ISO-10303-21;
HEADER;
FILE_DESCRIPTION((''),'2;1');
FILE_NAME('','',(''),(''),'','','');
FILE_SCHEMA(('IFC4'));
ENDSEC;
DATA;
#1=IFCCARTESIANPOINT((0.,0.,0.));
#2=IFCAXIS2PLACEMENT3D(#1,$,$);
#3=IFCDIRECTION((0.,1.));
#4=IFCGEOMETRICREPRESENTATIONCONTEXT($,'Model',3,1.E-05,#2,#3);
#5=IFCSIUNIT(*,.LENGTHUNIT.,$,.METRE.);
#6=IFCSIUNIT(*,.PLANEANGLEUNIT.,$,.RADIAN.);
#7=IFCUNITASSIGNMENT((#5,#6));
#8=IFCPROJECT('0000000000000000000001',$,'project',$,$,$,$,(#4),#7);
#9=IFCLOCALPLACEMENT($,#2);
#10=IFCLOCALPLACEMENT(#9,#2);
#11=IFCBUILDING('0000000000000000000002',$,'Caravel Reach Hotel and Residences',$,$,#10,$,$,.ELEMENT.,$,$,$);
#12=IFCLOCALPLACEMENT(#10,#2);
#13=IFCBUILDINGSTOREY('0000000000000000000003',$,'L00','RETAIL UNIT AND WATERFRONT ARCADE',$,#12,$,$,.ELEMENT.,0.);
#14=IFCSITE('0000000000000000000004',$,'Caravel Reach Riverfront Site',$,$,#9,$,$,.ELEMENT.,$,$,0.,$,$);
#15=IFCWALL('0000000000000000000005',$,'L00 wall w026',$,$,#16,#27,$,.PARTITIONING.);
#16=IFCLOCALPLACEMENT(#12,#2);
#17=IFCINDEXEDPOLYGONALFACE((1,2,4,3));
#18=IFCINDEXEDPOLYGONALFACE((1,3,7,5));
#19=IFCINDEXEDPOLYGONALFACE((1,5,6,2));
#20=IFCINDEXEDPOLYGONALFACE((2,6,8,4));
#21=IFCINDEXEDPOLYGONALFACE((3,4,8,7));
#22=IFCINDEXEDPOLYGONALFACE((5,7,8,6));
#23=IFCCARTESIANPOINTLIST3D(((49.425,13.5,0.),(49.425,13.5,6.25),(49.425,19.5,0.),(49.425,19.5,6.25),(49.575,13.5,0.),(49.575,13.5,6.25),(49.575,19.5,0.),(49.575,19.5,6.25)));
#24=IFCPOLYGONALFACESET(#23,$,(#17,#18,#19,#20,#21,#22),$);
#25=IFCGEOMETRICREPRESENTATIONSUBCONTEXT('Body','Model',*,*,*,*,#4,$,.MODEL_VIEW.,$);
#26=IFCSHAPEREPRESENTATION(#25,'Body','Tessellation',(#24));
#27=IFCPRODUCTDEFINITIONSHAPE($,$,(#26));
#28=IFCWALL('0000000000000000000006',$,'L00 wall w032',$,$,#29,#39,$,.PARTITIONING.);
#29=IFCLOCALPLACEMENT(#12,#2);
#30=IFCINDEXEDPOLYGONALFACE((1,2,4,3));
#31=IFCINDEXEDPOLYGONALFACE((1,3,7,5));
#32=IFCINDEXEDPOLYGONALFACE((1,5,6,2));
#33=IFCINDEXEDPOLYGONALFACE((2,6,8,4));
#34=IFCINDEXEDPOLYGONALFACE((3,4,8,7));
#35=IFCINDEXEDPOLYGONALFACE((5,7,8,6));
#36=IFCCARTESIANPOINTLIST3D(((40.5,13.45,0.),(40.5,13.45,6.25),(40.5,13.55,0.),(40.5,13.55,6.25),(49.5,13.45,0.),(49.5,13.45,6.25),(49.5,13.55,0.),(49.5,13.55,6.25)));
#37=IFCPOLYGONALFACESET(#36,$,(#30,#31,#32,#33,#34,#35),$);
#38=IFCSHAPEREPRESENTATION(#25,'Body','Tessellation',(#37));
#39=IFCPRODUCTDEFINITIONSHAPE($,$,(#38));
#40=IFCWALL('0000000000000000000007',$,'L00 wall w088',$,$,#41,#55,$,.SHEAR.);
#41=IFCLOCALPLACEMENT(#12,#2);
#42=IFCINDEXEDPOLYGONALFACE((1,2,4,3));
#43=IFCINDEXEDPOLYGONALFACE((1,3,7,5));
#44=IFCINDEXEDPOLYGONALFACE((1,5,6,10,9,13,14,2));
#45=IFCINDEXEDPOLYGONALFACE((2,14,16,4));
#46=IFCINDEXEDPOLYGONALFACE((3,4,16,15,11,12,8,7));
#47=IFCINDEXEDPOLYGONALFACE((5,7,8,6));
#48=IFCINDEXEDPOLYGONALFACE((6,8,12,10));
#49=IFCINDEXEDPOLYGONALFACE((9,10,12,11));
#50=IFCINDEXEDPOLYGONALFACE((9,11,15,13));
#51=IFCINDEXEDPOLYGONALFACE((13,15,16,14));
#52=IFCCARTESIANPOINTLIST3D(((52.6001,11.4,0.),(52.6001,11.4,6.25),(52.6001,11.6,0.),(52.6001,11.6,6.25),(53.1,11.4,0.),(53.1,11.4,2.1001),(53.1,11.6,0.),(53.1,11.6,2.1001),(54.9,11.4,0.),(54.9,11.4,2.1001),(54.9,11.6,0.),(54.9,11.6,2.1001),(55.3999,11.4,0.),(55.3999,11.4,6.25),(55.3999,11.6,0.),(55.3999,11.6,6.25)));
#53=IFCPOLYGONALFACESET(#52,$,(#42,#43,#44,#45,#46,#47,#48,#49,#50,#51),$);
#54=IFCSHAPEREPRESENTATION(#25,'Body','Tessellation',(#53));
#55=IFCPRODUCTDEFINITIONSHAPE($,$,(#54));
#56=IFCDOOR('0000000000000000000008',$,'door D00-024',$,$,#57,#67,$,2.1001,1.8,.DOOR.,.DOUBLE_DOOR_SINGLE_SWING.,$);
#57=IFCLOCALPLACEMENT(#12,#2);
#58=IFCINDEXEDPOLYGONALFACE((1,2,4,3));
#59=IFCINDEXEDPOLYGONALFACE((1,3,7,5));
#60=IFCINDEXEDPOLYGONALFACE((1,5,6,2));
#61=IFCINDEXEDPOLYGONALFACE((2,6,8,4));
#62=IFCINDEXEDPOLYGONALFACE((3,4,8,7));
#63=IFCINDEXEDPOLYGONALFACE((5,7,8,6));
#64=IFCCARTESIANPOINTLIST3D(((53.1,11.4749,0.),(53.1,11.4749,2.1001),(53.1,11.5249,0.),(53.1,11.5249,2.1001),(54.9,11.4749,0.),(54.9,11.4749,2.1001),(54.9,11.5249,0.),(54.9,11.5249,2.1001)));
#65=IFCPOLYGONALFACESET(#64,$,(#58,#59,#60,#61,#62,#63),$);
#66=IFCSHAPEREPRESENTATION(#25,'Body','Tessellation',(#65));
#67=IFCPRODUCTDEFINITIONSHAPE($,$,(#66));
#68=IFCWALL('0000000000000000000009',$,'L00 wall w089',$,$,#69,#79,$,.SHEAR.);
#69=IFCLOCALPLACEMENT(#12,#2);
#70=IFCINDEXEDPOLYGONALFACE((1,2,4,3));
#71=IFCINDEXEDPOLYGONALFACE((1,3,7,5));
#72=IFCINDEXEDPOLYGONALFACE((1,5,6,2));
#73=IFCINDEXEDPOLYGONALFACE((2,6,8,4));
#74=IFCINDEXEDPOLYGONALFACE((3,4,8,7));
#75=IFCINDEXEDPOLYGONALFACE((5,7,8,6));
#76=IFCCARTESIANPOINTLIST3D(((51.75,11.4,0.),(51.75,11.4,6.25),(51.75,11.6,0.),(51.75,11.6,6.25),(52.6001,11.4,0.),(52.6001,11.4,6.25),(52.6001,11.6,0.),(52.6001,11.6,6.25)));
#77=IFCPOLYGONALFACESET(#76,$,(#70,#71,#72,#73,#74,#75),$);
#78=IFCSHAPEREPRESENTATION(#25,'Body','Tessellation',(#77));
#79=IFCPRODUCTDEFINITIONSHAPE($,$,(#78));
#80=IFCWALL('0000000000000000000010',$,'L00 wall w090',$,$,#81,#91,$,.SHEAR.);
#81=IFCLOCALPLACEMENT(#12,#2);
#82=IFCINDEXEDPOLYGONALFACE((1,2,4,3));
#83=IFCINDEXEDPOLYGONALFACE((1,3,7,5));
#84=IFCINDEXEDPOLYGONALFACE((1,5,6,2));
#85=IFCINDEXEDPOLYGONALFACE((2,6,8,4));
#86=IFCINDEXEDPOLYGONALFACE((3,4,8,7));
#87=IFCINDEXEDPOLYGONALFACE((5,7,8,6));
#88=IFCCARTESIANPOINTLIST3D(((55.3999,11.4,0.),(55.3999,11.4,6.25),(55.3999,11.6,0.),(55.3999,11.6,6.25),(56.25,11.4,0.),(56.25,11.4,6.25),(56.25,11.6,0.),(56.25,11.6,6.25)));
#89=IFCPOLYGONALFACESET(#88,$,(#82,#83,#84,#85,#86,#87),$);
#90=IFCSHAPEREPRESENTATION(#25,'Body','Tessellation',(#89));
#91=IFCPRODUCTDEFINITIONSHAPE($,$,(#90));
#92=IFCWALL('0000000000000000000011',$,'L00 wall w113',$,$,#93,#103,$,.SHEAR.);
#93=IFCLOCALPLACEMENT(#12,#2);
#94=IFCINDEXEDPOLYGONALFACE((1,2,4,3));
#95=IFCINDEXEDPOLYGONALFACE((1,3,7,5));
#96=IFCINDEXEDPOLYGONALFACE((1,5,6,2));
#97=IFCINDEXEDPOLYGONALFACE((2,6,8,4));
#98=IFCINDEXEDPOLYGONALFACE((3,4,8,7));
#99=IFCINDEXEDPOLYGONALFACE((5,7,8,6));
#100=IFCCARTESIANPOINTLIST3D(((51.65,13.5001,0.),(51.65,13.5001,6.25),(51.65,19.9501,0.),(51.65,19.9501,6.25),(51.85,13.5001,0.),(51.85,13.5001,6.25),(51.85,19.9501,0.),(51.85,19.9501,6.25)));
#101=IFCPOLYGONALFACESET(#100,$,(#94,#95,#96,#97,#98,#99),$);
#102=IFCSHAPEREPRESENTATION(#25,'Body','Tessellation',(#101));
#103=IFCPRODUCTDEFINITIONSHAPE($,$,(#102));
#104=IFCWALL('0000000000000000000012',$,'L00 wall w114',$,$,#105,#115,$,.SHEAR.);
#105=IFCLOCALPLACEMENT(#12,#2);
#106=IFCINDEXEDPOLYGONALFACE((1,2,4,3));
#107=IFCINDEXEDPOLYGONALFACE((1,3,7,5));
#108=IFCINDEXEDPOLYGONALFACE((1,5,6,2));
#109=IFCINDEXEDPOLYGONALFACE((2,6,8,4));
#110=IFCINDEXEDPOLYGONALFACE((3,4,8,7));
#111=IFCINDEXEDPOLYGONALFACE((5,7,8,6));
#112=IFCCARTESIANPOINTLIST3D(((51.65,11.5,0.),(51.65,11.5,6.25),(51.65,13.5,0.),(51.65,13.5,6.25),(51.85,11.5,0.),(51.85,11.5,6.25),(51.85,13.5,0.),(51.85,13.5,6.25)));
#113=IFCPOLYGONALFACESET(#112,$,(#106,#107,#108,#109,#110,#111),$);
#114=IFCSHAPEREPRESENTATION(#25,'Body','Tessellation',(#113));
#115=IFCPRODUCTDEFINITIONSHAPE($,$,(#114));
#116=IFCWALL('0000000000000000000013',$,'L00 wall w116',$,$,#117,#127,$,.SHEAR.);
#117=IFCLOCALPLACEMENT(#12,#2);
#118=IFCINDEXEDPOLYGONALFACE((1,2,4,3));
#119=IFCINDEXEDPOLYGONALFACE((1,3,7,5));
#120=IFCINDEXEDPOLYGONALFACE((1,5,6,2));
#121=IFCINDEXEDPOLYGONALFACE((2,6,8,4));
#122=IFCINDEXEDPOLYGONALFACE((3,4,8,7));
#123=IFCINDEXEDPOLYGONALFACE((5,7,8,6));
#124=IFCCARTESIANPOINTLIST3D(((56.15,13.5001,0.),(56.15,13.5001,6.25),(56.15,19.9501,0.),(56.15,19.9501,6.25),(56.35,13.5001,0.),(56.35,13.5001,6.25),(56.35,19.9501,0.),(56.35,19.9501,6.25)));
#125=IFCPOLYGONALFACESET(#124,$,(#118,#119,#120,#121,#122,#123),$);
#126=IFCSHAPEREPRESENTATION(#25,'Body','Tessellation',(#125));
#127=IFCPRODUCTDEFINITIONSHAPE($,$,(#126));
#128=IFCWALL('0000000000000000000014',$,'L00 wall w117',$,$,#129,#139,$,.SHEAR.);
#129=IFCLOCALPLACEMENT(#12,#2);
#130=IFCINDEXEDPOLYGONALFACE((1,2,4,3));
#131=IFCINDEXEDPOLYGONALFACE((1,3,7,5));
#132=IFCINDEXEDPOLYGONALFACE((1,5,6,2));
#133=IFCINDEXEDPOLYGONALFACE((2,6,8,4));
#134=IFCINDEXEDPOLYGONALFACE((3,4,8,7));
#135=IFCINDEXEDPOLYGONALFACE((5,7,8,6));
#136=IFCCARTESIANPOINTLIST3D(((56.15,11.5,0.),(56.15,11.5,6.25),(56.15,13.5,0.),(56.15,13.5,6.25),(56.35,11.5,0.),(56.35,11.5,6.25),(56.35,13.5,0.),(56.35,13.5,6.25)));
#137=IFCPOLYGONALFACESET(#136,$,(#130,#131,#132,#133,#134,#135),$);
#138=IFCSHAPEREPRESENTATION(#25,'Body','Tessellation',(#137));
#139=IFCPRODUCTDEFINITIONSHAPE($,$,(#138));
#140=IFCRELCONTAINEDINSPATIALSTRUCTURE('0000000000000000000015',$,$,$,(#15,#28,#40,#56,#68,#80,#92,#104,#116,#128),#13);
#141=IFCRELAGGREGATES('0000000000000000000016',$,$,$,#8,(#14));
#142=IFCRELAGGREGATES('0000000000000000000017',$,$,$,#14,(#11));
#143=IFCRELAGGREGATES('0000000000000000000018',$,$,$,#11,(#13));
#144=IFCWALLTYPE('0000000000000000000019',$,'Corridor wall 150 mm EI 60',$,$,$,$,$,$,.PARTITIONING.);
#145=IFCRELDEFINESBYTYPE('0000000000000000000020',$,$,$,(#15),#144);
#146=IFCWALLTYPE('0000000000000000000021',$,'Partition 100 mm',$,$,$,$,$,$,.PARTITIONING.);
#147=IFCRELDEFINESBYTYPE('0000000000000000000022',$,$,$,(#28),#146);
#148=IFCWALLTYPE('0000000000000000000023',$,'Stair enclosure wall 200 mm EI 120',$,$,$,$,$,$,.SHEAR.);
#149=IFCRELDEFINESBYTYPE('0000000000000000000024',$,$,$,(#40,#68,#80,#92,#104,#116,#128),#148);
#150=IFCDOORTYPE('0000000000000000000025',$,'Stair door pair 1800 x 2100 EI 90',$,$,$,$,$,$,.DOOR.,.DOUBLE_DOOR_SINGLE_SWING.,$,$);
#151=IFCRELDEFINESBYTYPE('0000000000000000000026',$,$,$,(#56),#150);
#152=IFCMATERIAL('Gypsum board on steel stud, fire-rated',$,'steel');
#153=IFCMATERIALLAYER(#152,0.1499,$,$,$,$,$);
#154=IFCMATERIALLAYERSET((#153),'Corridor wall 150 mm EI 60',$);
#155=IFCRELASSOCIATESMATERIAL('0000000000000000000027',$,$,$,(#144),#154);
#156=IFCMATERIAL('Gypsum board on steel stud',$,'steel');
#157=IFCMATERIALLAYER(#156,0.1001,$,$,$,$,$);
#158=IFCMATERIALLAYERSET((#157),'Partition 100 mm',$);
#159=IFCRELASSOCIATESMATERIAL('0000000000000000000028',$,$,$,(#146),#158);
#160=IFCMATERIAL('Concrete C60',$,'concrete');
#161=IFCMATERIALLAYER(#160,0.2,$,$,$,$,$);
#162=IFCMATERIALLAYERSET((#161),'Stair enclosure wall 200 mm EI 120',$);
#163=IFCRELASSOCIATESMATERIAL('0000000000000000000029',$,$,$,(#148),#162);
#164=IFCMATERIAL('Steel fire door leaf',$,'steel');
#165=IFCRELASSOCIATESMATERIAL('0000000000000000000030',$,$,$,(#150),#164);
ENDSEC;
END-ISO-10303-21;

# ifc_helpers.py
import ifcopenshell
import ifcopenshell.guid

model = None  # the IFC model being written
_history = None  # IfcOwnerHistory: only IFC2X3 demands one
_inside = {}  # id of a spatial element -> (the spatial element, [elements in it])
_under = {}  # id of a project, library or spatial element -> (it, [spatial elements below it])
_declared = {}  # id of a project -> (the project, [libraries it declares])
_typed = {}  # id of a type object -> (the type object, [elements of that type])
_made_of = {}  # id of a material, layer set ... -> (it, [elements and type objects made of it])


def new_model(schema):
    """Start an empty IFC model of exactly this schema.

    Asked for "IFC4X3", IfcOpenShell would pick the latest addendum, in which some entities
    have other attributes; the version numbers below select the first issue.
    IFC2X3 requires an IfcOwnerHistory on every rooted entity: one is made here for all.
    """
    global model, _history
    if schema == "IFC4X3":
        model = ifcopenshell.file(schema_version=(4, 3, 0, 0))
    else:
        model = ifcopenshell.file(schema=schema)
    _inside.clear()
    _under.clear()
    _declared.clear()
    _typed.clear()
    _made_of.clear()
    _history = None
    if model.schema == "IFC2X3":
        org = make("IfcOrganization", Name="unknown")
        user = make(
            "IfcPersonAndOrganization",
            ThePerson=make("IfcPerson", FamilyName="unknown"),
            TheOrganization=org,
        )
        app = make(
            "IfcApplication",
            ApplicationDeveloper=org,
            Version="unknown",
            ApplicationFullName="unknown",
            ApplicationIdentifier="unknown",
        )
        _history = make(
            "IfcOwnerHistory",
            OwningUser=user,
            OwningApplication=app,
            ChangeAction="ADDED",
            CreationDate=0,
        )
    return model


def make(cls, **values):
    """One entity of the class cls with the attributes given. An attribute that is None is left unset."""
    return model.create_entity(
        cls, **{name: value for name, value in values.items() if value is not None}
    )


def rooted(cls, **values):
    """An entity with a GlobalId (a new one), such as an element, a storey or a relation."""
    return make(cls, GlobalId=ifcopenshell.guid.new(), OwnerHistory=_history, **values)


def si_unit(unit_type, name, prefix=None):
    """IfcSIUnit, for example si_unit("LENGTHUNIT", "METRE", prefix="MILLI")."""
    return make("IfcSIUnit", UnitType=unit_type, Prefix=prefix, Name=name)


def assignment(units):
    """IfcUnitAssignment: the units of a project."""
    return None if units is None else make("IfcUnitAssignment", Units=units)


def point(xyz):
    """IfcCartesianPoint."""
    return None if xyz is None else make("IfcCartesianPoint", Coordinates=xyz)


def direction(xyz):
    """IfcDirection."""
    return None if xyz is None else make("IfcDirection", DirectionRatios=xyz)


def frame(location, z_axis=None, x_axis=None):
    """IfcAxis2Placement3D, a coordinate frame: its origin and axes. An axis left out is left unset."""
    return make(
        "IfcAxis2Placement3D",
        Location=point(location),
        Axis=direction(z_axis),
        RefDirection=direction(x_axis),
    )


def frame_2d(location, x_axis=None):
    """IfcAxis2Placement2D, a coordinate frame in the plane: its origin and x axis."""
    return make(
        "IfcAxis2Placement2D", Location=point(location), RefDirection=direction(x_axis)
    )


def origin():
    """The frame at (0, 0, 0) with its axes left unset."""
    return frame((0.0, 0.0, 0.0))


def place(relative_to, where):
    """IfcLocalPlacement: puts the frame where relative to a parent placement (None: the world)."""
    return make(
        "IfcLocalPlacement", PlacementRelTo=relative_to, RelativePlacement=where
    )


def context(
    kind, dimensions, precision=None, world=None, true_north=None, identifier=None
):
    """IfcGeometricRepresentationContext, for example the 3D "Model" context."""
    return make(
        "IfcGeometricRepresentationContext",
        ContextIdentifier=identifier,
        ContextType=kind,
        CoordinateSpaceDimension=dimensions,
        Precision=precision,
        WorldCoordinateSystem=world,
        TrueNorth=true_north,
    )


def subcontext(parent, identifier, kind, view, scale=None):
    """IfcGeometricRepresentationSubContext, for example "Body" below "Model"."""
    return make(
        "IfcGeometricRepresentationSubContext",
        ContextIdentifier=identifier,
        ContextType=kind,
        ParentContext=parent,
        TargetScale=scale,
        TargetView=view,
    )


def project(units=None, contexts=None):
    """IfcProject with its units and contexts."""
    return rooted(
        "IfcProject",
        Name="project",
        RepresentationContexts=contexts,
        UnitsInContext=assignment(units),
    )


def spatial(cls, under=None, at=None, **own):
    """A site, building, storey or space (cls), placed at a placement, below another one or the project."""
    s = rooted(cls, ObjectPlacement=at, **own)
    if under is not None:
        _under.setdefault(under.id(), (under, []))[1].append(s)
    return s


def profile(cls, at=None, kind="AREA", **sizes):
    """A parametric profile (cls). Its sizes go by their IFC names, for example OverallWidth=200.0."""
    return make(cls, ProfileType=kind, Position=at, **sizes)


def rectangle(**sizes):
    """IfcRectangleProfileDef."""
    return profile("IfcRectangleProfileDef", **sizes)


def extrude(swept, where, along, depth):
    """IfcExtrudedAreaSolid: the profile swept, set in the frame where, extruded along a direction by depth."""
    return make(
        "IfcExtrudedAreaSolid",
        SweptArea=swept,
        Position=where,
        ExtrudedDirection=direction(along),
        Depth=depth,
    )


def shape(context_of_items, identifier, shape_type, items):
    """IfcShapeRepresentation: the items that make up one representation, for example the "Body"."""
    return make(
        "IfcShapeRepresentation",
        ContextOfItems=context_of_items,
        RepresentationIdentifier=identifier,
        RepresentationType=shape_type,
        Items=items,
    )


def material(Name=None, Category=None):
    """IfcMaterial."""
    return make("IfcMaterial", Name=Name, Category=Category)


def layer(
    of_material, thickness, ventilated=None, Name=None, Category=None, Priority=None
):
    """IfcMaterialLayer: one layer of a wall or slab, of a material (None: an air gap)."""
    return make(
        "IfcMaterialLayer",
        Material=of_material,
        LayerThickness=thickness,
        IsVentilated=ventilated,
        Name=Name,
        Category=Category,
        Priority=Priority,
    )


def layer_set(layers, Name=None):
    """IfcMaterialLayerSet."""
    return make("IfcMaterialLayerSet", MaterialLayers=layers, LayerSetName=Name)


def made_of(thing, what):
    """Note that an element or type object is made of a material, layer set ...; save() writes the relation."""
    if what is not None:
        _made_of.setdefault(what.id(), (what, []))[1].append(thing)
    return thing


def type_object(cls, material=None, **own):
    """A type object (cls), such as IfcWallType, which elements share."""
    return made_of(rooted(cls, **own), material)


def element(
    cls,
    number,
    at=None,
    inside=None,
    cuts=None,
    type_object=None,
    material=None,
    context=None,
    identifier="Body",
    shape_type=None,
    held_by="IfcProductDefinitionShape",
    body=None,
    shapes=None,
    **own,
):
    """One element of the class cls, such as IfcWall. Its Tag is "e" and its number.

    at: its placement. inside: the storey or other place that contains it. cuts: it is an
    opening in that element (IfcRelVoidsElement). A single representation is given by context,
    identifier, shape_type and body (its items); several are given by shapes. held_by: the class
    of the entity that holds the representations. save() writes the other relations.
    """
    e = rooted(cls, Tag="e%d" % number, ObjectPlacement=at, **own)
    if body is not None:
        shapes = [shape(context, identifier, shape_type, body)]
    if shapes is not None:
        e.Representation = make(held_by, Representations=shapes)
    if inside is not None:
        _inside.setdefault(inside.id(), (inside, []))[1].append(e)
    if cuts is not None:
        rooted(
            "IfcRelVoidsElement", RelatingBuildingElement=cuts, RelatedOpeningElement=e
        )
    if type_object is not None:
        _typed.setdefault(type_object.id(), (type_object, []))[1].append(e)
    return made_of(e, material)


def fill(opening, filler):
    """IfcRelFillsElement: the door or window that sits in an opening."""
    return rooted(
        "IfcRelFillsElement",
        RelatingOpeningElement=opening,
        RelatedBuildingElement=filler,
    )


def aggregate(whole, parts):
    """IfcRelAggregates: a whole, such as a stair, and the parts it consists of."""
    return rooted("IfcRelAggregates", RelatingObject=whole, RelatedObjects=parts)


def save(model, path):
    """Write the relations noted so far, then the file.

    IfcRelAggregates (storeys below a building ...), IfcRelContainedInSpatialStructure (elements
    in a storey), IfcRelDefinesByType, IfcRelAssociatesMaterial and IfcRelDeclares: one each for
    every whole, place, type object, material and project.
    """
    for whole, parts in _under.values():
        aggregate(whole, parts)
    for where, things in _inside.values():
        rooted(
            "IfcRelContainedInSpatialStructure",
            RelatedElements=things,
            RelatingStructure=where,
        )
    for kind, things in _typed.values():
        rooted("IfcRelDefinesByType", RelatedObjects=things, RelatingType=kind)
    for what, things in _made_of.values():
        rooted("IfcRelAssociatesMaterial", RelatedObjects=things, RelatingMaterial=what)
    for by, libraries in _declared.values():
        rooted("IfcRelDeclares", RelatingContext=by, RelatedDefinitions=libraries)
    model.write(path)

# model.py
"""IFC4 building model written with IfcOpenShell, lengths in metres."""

from ifc_helpers import new_model, si_unit, direction, frame, frame_2d, origin, place, context, subcontext, project, spatial, rectangle, extrude, material, layer, layer_set, type_object, element, fill, save


model = new_model("IFC4")

# Units and contexts
model_context = context("Model", 3, precision=1e-05, world=origin(), true_north=direction((0.0, 1.0)))
body_context = subcontext(model_context, "Body", "Model", "MODEL_VIEW")
ifc_project = project(units=[si_unit("LENGTHUNIT", "METRE"), si_unit("PLANEANGLEUNIT", "RADIAN")], contexts=[model_context])

# Site, building, storey
site_placement = place(None, origin())
site = spatial("IfcSite", under=ifc_project, at=site_placement, Name="Caravel Reach Riverfront Site", CompositionType="ELEMENT", RefElevation=0.0)
building_placement = place(site_placement, origin())
building = spatial("IfcBuilding", under=site, at=building_placement, Name="Caravel Reach Hotel and Residences", CompositionType="ELEMENT")
storey_placement = place(building_placement, origin())
storey = spatial("IfcBuildingStorey", under=building, at=storey_placement, Name="L00", Description="RETAIL UNIT AND WATERFRONT ARCADE", CompositionType="ELEMENT", Elevation=0.0)

# Shared definitions
ifc_material_1 = material(Name="Gypsum board on steel stud, fire-rated", Category="steel")
ifc_layer_1 = layer(ifc_material_1, 0.1499)
ifc_layer_set_1 = layer_set([ifc_layer_1], Name="Corridor wall 150 mm EI 60")
wall_type_1 = type_object("IfcWallType", Name="Corridor wall 150 mm EI 60", PredefinedType="PARTITIONING", material=ifc_layer_set_1)

# Walls
for number, where, z_axis, x_axis, name in (
    (1, (49.5, 13.5, 0.0), (0.0, 0.0, 1.0), (0.0, 1.0, 0.0), "L00 wall w026"),
):
    element("IfcWall", number, at=place(storey_placement, frame(where, z_axis=z_axis, x_axis=x_axis)), inside=storey, type_object=wall_type_1, Name=name, PredefinedType="PARTITIONING", context=body_context, shape_type="SweptSolid", body=[
        extrude(rectangle(XDim=6.0, YDim=0.1499, at=frame_2d((3.0, 0.0))), origin(), (0.0, 0.0, 1.0), 6.25),
    ])
ifc_material_2 = material(Name="Gypsum board on steel stud", Category="steel")
ifc_layer_2 = layer(ifc_material_2, 0.1001)
ifc_layer_set_2 = layer_set([ifc_layer_2], Name="Partition 100 mm")
wall_type_2 = type_object("IfcWallType", Name="Partition 100 mm", PredefinedType="PARTITIONING", material=ifc_layer_set_2)
wall_1_placement = place(storey_placement, frame((40.5, 13.5, 0.0), z_axis=(0.0, 0.0, 1.0), x_axis=(1.0, 0.0, 0.0)))
element("IfcWall", 2, at=wall_1_placement, inside=storey, type_object=wall_type_2, Name="L00 wall w032", PredefinedType="PARTITIONING", context=body_context, shape_type="SweptSolid", body=[
    extrude(rectangle(XDim=9.0, YDim=0.1001, at=frame_2d((4.5, 0.0))), origin(), (0.0, 0.0, 1.0), 6.25),
])

# Wall, opening, door
ifc_material_3 = material(Name="Concrete C60", Category="concrete")
ifc_layer_3 = layer(ifc_material_3, 0.2)
ifc_layer_set_3 = layer_set([ifc_layer_3], Name="Stair enclosure wall 200 mm EI 120")
wall_type_3 = type_object("IfcWallType", Name="Stair enclosure wall 200 mm EI 120", PredefinedType="SHEAR", material=ifc_layer_set_3)
wall_2_placement = place(storey_placement, frame((52.6001, 11.5, 0.0), z_axis=(0.0, 0.0, 1.0), x_axis=(1.0, 0.0, 0.0)))
wall_2 = element("IfcWall", 3, at=wall_2_placement, inside=storey, type_object=wall_type_3, Name="L00 wall w088", PredefinedType="SHEAR", context=body_context, shape_type="SweptSolid", body=[
    extrude(rectangle(XDim=2.7998, YDim=0.2, at=frame_2d((1.3999, 0.0))), origin(), (0.0, 0.0, 1.0), 6.25),
])
opening_1_placement = place(wall_2_placement, frame((0.5, 0.0, 0.0)))
opening_1 = element("IfcOpeningElement", 4, at=opening_1_placement, cuts=wall_2, PredefinedType="OPENING", context=body_context, shape_type="SweptSolid", body=[
    extrude(rectangle(XDim=1.8, YDim=2.1001, at=frame_2d((0.8999, 1.05))), frame((0.0, 0.1099, 0.0), z_axis=(0.0, -1.0, 0.0), x_axis=(1.0, 0.0, 0.0)), (0.0, 0.0, 1.0), 0.22),
])
ifc_material_4 = material(Name="Steel fire door leaf", Category="steel")
door_type_1 = type_object("IfcDoorType", Name="Stair door pair 1800 x 2100 EI 90", OperationType="DOUBLE_DOOR_SINGLE_SWING", PredefinedType="DOOR", material=ifc_material_4)
door_1_placement = place(opening_1_placement, origin())
door_1 = element("IfcDoor", 5, at=door_1_placement, inside=storey, type_object=door_type_1, Name="door D00-024", OperationType="DOUBLE_DOOR_SINGLE_SWING", OverallHeight=2.1001, OverallWidth=1.8, PredefinedType="DOOR", context=body_context, shape_type="SweptSolid", body=[
    extrude(rectangle(XDim=1.8, YDim=2.1001, at=frame_2d((0.8999, 1.05))), frame((0.0, 0.0249, 0.0), z_axis=(0.0, -1.0, 0.0), x_axis=(1.0, 0.0, 0.0)), (0.0, 0.0, 1.0), 0.05),
])
fill(opening_1, door_1)

# Walls
for number, where, z_axis, x_axis, name in (
    (6, (51.75, 11.5, 0.0), (0.0, 0.0, 1.0), (1.0, 0.0, 0.0), "L00 wall w089"),
    (7, (55.3999, 11.5, 0.0), (0.0, 0.0, 1.0), (1.0, 0.0, 0.0), "L00 wall w090"),
):
    element("IfcWall", number, at=place(storey_placement, frame(where, z_axis=z_axis, x_axis=x_axis)), inside=storey, type_object=wall_type_3, Name=name, PredefinedType="SHEAR", context=body_context, shape_type="SweptSolid", body=[
        extrude(rectangle(XDim=0.8501, YDim=0.2, at=frame_2d((0.425, 0.0))), origin(), (0.0, 0.0, 1.0), 6.25),
    ])
wall_3_placement = place(storey_placement, frame((51.75, 13.5, 0.0), z_axis=(0.0, 0.0, 1.0), x_axis=(0.0, 1.0, 0.0)))
element("IfcWall", 8, at=wall_3_placement, inside=storey, type_object=wall_type_3, Name="L00 wall w113", PredefinedType="SHEAR", context=body_context, shape_type="SweptSolid", body=[
    extrude(rectangle(XDim=6.45, YDim=0.2, at=frame_2d((3.2251, 0.0))), origin(), (0.0, 0.0, 1.0), 6.25),
])
wall_4_placement = place(storey_placement, frame((51.75, 11.5, 0.0), z_axis=(0.0, 0.0, 1.0), x_axis=(0.0, 1.0, 0.0)))
element("IfcWall", 9, at=wall_4_placement, inside=storey, type_object=wall_type_3, Name="L00 wall w114", PredefinedType="SHEAR", context=body_context, shape_type="SweptSolid", body=[
    extrude(rectangle(XDim=2.0, YDim=0.2, at=frame_2d((1.0, 0.0))), origin(), (0.0, 0.0, 1.0), 6.25),
])
wall_5_placement = place(storey_placement, frame((56.25, 13.5, 0.0), z_axis=(0.0, 0.0, 1.0), x_axis=(0.0, 1.0, 0.0)))
element("IfcWall", 10, at=wall_5_placement, inside=storey, type_object=wall_type_3, Name="L00 wall w116", PredefinedType="SHEAR", context=body_context, shape_type="SweptSolid", body=[
    extrude(rectangle(XDim=6.45, YDim=0.2, at=frame_2d((3.2251, 0.0))), origin(), (0.0, 0.0, 1.0), 6.25),
])
wall_6_placement = place(storey_placement, frame((56.25, 11.5, 0.0), z_axis=(0.0, 0.0, 1.0), x_axis=(0.0, 1.0, 0.0)))
element("IfcWall", 11, at=wall_6_placement, inside=storey, type_object=wall_type_3, Name="L00 wall w117", PredefinedType="SHEAR", context=body_context, shape_type="SweptSolid", body=[
    extrude(rectangle(XDim=2.0, YDim=0.2, at=frame_2d((1.0, 0.0))), origin(), (0.0, 0.0, 1.0), 6.25),
])

save(model, "model.ifc")
